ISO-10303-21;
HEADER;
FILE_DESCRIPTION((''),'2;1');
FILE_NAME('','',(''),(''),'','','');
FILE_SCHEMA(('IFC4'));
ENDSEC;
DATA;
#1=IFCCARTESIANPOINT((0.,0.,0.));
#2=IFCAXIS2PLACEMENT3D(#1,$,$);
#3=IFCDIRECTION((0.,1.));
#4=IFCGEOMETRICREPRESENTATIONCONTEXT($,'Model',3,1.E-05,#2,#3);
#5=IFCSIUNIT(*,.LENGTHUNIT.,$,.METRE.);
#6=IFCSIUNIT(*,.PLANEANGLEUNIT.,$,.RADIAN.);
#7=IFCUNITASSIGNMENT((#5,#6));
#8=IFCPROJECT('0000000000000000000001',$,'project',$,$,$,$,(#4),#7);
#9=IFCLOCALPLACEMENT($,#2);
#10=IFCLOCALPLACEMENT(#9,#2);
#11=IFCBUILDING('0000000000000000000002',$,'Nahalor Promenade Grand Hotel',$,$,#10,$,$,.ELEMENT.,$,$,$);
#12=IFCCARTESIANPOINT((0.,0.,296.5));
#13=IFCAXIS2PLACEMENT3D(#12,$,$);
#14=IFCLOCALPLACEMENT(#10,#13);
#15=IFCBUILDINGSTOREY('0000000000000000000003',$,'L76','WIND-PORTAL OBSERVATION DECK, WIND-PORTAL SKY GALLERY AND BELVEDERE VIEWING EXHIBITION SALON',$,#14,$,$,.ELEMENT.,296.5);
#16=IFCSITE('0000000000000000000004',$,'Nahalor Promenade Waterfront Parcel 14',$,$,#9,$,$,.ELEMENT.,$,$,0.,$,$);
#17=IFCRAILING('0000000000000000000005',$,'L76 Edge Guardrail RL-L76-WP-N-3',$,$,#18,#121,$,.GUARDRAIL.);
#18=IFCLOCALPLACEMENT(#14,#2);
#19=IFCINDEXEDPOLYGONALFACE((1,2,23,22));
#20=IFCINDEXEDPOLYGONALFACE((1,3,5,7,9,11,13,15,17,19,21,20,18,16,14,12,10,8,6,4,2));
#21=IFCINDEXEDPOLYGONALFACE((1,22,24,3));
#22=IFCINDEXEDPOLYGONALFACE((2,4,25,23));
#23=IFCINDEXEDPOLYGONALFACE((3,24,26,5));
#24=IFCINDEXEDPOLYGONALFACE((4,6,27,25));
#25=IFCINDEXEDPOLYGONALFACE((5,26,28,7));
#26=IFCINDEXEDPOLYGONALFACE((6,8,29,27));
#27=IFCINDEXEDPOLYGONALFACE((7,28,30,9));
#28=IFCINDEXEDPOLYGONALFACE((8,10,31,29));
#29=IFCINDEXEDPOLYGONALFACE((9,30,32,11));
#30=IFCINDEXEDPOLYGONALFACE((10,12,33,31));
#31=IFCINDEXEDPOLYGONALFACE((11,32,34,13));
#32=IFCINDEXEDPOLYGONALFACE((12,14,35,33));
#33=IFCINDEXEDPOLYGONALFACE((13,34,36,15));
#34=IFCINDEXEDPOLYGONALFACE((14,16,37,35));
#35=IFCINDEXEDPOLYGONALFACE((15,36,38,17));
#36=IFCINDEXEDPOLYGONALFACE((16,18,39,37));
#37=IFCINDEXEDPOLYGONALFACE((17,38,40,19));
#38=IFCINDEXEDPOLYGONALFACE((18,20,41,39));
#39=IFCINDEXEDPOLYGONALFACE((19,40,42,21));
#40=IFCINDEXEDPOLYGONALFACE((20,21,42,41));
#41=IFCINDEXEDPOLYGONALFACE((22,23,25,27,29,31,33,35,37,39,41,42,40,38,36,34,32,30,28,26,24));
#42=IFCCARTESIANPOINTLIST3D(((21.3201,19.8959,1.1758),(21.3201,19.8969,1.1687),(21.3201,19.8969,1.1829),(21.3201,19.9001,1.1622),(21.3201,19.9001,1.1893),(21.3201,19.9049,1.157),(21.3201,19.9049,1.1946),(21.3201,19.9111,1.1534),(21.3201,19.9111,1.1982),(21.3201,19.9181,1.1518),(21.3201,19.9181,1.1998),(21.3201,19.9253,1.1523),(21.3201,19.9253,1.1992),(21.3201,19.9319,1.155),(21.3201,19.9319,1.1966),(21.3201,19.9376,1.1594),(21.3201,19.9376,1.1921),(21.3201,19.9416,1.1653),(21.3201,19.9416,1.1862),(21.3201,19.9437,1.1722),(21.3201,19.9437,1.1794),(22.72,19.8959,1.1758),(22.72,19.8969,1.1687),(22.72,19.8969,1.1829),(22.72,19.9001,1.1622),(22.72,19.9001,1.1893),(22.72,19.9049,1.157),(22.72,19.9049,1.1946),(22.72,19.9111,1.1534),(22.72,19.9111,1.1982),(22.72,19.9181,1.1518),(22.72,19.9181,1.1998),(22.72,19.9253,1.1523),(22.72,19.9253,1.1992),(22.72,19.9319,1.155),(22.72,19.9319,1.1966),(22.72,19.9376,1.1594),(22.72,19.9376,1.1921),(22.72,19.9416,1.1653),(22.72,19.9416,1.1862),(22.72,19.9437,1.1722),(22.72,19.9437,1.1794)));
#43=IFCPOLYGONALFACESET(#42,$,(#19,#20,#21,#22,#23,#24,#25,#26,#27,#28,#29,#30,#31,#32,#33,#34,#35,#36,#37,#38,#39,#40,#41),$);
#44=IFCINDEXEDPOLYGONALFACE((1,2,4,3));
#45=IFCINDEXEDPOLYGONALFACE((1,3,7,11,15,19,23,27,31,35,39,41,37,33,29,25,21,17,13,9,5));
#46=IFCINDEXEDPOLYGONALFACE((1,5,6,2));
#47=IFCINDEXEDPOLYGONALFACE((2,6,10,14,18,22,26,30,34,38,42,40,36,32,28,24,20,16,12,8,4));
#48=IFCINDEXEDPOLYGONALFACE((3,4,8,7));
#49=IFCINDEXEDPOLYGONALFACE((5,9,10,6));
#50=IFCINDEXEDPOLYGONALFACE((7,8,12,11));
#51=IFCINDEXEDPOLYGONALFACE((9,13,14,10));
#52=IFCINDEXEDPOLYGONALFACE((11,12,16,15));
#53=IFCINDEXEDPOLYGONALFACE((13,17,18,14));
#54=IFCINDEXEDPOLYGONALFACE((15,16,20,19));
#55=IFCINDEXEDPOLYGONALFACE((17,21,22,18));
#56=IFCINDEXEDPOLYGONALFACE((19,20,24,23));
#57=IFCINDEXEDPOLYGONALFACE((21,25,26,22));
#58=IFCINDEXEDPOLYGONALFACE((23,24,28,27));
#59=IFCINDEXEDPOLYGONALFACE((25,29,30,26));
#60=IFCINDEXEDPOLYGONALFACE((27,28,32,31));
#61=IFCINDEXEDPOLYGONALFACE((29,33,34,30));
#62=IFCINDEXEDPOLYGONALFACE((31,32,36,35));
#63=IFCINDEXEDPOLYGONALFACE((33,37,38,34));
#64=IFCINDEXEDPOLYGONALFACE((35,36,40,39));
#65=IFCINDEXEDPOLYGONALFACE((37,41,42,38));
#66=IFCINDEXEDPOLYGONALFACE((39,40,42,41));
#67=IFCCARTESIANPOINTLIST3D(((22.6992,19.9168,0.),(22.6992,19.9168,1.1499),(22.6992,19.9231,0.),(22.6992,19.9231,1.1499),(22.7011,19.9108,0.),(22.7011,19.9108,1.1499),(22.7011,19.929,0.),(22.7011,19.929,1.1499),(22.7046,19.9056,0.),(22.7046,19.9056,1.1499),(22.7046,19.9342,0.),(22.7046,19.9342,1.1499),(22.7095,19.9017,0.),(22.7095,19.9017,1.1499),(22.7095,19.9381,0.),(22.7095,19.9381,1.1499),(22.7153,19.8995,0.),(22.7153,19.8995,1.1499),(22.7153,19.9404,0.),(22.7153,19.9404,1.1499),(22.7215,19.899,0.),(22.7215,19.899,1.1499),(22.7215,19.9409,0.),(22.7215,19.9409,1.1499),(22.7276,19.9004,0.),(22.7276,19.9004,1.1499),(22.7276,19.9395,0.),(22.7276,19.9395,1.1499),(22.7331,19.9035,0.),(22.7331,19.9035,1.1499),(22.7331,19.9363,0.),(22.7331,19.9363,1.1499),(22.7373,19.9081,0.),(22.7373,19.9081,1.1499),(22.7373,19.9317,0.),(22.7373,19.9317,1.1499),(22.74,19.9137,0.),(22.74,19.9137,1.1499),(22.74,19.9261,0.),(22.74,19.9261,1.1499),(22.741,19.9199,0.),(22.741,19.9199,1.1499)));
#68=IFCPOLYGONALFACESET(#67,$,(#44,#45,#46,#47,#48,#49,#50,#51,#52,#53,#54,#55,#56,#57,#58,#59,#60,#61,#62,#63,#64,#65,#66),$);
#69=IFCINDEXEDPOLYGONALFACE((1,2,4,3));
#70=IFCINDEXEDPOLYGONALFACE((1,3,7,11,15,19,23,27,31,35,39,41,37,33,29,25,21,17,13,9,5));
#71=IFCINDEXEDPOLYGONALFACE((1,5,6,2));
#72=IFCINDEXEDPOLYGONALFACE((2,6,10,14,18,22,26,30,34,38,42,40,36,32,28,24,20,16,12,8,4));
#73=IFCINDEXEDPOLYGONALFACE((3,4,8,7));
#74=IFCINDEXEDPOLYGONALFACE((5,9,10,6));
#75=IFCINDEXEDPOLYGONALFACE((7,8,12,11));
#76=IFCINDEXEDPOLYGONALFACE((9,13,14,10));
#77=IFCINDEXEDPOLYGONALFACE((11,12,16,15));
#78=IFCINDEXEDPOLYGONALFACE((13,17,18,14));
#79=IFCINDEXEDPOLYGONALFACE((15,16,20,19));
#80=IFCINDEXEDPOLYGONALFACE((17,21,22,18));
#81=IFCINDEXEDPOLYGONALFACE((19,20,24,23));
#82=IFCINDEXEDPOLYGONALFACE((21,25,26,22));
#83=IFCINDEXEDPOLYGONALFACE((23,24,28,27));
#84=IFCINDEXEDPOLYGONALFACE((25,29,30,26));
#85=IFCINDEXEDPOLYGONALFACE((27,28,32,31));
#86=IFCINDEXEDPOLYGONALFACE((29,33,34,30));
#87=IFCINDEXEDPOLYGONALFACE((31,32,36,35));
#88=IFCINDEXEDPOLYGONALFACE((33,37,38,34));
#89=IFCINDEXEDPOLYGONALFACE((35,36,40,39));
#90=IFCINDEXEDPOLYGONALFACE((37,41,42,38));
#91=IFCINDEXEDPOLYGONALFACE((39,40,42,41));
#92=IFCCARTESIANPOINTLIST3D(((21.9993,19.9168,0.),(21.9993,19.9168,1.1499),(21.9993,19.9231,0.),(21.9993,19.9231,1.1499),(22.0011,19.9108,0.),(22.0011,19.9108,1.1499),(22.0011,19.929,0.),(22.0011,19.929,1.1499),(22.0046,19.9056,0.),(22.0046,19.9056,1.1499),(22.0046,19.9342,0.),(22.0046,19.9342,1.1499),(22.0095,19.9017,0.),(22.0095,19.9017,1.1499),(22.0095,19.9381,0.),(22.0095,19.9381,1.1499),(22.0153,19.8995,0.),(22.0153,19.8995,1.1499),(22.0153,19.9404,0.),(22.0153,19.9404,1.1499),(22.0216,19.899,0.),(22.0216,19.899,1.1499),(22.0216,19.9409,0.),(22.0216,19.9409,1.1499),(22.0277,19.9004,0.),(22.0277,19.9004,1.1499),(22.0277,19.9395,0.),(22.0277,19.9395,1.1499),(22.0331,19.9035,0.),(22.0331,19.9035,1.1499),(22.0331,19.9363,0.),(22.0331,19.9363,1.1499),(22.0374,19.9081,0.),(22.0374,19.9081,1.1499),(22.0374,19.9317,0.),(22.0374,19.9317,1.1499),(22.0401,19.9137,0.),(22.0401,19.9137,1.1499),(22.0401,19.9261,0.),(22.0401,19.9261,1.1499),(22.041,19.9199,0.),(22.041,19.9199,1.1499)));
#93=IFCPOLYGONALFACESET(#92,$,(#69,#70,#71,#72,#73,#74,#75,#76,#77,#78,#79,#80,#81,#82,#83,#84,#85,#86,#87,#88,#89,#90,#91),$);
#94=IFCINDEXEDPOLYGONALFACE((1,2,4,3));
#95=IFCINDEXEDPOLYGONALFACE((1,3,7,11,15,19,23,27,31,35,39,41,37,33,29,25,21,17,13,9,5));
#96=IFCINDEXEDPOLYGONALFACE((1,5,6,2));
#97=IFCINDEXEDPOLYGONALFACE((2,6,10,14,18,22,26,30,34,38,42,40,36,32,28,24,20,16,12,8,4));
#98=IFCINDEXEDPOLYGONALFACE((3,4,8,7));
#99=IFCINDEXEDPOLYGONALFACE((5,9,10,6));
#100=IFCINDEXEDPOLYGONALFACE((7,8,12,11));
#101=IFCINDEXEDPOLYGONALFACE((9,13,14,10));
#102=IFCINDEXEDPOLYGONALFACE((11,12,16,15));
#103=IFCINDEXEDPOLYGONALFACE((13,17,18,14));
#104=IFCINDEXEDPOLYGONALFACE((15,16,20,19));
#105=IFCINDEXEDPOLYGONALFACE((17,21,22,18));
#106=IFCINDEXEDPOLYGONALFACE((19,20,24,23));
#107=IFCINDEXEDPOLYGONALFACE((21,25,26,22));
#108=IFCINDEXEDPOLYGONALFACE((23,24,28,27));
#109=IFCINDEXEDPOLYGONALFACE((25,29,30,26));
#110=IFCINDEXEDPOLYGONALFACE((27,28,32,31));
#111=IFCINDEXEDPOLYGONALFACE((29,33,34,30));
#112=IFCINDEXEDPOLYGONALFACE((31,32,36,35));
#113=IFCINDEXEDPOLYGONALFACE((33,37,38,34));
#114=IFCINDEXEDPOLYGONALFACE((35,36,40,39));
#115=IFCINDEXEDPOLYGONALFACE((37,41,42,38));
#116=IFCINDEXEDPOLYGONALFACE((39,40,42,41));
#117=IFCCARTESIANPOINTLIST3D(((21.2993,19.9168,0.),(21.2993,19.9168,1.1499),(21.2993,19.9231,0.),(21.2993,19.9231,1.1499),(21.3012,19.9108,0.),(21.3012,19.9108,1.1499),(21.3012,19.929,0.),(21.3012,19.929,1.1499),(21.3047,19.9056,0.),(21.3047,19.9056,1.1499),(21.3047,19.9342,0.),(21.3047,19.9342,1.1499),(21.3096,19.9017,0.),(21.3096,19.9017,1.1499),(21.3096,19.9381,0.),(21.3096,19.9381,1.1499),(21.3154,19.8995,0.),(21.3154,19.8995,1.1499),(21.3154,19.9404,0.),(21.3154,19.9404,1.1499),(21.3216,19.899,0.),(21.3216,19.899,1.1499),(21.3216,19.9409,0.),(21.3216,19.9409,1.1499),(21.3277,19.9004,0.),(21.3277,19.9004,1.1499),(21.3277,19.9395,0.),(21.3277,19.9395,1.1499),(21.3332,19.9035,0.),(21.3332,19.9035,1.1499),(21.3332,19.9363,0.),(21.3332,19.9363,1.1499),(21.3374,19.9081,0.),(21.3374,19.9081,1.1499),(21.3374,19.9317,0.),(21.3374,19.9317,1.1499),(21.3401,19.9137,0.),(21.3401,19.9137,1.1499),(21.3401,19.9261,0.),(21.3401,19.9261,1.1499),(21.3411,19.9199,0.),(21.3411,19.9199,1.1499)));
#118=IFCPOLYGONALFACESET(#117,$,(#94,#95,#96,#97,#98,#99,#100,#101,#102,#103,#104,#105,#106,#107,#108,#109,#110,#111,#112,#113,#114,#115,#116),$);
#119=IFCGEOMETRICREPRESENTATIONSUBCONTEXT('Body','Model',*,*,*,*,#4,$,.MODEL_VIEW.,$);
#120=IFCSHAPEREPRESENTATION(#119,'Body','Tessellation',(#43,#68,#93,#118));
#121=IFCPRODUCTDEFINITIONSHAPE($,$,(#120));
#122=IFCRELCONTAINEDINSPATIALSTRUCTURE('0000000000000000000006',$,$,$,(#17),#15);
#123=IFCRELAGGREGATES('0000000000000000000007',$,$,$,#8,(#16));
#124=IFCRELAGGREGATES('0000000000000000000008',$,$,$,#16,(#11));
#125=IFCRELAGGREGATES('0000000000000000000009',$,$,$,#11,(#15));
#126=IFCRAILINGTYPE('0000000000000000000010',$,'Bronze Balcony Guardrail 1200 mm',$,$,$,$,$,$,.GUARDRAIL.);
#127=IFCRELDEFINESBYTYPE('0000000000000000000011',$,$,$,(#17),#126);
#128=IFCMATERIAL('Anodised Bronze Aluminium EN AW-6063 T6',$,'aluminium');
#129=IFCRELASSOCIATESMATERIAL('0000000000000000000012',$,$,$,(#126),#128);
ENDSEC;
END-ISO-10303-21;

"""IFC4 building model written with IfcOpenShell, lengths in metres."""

from ifc_helpers import new_model, si_unit, direction, frame, origin, origin_2d, place, context, subcontext, project, spatial, circle, extrude, material, type_object, element, save


model = new_model("IFC4")

# Units and contexts
model_context = context("Model", 3, precision=1e-05, world=origin(), true_north=direction((0.0, 1.0)))
body_context = subcontext(model_context, "Body", "Model", "MODEL_VIEW")
ifc_project = project(units=[si_unit("LENGTHUNIT", "METRE"), si_unit("PLANEANGLEUNIT", "RADIAN")], contexts=[model_context])

# Site, building, storey
site_placement = place(None, origin())
site = spatial("IfcSite", under=ifc_project, at=site_placement, Name="Nahalor Promenade Waterfront Parcel 14", CompositionType="ELEMENT", RefElevation=0.0)
building_placement = place(site_placement, origin())
building = spatial("IfcBuilding", under=site, at=building_placement, Name="Nahalor Promenade Grand Hotel", CompositionType="ELEMENT")
storey_placement = place(building_placement, frame((0.0, 0.0, 296.5)))
storey = spatial("IfcBuildingStorey", under=building, at=storey_placement, Name="L76", Description="WIND-PORTAL OBSERVATION DECK, WIND-PORTAL SKY GALLERY AND BELVEDERE VIEWING EXHIBITION SALON", CompositionType="ELEMENT", Elevation=296.5)

# Railing
ifc_material_1 = material(Name="Anodised Bronze Aluminium EN AW-6063 T6", Category="aluminium")
railing_type = type_object("IfcRailingType", Name="Bronze Balcony Guardrail 1200 mm", PredefinedType="GUARDRAIL", material=ifc_material_1)
railing_1_placement = place(storey_placement, frame((22.72, 19.9199, 0.0)))
element("IfcRailing", 1, at=railing_1_placement, inside=storey, type_object=railing_type, Name="L76 Edge Guardrail RL-L76-WP-N-3", PredefinedType="GUARDRAIL", context=body_context, shape_type="SweptSolid", body=[
    extrude(circle(Radius=0.024, at=origin_2d()), frame((0.0, 0.0, 1.1758), z_axis=(-1.0, 0.0, 0.0), x_axis=(0.0, -1.0, 0.0)), (0.0, 0.0, 1.0), 1.3999),
    extrude(circle(Radius=0.021, at=origin_2d()), origin(), (0.0, 0.0, 1.0), 1.1499),
    extrude(circle(Radius=0.021, at=origin_2d()), frame((-0.7, 0.0, 0.0)), (0.0, 0.0, 1.0), 1.1499),
    extrude(circle(Radius=0.021, at=origin_2d()), frame((-1.3999, 0.0, 0.0)), (0.0, 0.0, 1.0), 1.1499),
])

save(model, "model.ifc")
